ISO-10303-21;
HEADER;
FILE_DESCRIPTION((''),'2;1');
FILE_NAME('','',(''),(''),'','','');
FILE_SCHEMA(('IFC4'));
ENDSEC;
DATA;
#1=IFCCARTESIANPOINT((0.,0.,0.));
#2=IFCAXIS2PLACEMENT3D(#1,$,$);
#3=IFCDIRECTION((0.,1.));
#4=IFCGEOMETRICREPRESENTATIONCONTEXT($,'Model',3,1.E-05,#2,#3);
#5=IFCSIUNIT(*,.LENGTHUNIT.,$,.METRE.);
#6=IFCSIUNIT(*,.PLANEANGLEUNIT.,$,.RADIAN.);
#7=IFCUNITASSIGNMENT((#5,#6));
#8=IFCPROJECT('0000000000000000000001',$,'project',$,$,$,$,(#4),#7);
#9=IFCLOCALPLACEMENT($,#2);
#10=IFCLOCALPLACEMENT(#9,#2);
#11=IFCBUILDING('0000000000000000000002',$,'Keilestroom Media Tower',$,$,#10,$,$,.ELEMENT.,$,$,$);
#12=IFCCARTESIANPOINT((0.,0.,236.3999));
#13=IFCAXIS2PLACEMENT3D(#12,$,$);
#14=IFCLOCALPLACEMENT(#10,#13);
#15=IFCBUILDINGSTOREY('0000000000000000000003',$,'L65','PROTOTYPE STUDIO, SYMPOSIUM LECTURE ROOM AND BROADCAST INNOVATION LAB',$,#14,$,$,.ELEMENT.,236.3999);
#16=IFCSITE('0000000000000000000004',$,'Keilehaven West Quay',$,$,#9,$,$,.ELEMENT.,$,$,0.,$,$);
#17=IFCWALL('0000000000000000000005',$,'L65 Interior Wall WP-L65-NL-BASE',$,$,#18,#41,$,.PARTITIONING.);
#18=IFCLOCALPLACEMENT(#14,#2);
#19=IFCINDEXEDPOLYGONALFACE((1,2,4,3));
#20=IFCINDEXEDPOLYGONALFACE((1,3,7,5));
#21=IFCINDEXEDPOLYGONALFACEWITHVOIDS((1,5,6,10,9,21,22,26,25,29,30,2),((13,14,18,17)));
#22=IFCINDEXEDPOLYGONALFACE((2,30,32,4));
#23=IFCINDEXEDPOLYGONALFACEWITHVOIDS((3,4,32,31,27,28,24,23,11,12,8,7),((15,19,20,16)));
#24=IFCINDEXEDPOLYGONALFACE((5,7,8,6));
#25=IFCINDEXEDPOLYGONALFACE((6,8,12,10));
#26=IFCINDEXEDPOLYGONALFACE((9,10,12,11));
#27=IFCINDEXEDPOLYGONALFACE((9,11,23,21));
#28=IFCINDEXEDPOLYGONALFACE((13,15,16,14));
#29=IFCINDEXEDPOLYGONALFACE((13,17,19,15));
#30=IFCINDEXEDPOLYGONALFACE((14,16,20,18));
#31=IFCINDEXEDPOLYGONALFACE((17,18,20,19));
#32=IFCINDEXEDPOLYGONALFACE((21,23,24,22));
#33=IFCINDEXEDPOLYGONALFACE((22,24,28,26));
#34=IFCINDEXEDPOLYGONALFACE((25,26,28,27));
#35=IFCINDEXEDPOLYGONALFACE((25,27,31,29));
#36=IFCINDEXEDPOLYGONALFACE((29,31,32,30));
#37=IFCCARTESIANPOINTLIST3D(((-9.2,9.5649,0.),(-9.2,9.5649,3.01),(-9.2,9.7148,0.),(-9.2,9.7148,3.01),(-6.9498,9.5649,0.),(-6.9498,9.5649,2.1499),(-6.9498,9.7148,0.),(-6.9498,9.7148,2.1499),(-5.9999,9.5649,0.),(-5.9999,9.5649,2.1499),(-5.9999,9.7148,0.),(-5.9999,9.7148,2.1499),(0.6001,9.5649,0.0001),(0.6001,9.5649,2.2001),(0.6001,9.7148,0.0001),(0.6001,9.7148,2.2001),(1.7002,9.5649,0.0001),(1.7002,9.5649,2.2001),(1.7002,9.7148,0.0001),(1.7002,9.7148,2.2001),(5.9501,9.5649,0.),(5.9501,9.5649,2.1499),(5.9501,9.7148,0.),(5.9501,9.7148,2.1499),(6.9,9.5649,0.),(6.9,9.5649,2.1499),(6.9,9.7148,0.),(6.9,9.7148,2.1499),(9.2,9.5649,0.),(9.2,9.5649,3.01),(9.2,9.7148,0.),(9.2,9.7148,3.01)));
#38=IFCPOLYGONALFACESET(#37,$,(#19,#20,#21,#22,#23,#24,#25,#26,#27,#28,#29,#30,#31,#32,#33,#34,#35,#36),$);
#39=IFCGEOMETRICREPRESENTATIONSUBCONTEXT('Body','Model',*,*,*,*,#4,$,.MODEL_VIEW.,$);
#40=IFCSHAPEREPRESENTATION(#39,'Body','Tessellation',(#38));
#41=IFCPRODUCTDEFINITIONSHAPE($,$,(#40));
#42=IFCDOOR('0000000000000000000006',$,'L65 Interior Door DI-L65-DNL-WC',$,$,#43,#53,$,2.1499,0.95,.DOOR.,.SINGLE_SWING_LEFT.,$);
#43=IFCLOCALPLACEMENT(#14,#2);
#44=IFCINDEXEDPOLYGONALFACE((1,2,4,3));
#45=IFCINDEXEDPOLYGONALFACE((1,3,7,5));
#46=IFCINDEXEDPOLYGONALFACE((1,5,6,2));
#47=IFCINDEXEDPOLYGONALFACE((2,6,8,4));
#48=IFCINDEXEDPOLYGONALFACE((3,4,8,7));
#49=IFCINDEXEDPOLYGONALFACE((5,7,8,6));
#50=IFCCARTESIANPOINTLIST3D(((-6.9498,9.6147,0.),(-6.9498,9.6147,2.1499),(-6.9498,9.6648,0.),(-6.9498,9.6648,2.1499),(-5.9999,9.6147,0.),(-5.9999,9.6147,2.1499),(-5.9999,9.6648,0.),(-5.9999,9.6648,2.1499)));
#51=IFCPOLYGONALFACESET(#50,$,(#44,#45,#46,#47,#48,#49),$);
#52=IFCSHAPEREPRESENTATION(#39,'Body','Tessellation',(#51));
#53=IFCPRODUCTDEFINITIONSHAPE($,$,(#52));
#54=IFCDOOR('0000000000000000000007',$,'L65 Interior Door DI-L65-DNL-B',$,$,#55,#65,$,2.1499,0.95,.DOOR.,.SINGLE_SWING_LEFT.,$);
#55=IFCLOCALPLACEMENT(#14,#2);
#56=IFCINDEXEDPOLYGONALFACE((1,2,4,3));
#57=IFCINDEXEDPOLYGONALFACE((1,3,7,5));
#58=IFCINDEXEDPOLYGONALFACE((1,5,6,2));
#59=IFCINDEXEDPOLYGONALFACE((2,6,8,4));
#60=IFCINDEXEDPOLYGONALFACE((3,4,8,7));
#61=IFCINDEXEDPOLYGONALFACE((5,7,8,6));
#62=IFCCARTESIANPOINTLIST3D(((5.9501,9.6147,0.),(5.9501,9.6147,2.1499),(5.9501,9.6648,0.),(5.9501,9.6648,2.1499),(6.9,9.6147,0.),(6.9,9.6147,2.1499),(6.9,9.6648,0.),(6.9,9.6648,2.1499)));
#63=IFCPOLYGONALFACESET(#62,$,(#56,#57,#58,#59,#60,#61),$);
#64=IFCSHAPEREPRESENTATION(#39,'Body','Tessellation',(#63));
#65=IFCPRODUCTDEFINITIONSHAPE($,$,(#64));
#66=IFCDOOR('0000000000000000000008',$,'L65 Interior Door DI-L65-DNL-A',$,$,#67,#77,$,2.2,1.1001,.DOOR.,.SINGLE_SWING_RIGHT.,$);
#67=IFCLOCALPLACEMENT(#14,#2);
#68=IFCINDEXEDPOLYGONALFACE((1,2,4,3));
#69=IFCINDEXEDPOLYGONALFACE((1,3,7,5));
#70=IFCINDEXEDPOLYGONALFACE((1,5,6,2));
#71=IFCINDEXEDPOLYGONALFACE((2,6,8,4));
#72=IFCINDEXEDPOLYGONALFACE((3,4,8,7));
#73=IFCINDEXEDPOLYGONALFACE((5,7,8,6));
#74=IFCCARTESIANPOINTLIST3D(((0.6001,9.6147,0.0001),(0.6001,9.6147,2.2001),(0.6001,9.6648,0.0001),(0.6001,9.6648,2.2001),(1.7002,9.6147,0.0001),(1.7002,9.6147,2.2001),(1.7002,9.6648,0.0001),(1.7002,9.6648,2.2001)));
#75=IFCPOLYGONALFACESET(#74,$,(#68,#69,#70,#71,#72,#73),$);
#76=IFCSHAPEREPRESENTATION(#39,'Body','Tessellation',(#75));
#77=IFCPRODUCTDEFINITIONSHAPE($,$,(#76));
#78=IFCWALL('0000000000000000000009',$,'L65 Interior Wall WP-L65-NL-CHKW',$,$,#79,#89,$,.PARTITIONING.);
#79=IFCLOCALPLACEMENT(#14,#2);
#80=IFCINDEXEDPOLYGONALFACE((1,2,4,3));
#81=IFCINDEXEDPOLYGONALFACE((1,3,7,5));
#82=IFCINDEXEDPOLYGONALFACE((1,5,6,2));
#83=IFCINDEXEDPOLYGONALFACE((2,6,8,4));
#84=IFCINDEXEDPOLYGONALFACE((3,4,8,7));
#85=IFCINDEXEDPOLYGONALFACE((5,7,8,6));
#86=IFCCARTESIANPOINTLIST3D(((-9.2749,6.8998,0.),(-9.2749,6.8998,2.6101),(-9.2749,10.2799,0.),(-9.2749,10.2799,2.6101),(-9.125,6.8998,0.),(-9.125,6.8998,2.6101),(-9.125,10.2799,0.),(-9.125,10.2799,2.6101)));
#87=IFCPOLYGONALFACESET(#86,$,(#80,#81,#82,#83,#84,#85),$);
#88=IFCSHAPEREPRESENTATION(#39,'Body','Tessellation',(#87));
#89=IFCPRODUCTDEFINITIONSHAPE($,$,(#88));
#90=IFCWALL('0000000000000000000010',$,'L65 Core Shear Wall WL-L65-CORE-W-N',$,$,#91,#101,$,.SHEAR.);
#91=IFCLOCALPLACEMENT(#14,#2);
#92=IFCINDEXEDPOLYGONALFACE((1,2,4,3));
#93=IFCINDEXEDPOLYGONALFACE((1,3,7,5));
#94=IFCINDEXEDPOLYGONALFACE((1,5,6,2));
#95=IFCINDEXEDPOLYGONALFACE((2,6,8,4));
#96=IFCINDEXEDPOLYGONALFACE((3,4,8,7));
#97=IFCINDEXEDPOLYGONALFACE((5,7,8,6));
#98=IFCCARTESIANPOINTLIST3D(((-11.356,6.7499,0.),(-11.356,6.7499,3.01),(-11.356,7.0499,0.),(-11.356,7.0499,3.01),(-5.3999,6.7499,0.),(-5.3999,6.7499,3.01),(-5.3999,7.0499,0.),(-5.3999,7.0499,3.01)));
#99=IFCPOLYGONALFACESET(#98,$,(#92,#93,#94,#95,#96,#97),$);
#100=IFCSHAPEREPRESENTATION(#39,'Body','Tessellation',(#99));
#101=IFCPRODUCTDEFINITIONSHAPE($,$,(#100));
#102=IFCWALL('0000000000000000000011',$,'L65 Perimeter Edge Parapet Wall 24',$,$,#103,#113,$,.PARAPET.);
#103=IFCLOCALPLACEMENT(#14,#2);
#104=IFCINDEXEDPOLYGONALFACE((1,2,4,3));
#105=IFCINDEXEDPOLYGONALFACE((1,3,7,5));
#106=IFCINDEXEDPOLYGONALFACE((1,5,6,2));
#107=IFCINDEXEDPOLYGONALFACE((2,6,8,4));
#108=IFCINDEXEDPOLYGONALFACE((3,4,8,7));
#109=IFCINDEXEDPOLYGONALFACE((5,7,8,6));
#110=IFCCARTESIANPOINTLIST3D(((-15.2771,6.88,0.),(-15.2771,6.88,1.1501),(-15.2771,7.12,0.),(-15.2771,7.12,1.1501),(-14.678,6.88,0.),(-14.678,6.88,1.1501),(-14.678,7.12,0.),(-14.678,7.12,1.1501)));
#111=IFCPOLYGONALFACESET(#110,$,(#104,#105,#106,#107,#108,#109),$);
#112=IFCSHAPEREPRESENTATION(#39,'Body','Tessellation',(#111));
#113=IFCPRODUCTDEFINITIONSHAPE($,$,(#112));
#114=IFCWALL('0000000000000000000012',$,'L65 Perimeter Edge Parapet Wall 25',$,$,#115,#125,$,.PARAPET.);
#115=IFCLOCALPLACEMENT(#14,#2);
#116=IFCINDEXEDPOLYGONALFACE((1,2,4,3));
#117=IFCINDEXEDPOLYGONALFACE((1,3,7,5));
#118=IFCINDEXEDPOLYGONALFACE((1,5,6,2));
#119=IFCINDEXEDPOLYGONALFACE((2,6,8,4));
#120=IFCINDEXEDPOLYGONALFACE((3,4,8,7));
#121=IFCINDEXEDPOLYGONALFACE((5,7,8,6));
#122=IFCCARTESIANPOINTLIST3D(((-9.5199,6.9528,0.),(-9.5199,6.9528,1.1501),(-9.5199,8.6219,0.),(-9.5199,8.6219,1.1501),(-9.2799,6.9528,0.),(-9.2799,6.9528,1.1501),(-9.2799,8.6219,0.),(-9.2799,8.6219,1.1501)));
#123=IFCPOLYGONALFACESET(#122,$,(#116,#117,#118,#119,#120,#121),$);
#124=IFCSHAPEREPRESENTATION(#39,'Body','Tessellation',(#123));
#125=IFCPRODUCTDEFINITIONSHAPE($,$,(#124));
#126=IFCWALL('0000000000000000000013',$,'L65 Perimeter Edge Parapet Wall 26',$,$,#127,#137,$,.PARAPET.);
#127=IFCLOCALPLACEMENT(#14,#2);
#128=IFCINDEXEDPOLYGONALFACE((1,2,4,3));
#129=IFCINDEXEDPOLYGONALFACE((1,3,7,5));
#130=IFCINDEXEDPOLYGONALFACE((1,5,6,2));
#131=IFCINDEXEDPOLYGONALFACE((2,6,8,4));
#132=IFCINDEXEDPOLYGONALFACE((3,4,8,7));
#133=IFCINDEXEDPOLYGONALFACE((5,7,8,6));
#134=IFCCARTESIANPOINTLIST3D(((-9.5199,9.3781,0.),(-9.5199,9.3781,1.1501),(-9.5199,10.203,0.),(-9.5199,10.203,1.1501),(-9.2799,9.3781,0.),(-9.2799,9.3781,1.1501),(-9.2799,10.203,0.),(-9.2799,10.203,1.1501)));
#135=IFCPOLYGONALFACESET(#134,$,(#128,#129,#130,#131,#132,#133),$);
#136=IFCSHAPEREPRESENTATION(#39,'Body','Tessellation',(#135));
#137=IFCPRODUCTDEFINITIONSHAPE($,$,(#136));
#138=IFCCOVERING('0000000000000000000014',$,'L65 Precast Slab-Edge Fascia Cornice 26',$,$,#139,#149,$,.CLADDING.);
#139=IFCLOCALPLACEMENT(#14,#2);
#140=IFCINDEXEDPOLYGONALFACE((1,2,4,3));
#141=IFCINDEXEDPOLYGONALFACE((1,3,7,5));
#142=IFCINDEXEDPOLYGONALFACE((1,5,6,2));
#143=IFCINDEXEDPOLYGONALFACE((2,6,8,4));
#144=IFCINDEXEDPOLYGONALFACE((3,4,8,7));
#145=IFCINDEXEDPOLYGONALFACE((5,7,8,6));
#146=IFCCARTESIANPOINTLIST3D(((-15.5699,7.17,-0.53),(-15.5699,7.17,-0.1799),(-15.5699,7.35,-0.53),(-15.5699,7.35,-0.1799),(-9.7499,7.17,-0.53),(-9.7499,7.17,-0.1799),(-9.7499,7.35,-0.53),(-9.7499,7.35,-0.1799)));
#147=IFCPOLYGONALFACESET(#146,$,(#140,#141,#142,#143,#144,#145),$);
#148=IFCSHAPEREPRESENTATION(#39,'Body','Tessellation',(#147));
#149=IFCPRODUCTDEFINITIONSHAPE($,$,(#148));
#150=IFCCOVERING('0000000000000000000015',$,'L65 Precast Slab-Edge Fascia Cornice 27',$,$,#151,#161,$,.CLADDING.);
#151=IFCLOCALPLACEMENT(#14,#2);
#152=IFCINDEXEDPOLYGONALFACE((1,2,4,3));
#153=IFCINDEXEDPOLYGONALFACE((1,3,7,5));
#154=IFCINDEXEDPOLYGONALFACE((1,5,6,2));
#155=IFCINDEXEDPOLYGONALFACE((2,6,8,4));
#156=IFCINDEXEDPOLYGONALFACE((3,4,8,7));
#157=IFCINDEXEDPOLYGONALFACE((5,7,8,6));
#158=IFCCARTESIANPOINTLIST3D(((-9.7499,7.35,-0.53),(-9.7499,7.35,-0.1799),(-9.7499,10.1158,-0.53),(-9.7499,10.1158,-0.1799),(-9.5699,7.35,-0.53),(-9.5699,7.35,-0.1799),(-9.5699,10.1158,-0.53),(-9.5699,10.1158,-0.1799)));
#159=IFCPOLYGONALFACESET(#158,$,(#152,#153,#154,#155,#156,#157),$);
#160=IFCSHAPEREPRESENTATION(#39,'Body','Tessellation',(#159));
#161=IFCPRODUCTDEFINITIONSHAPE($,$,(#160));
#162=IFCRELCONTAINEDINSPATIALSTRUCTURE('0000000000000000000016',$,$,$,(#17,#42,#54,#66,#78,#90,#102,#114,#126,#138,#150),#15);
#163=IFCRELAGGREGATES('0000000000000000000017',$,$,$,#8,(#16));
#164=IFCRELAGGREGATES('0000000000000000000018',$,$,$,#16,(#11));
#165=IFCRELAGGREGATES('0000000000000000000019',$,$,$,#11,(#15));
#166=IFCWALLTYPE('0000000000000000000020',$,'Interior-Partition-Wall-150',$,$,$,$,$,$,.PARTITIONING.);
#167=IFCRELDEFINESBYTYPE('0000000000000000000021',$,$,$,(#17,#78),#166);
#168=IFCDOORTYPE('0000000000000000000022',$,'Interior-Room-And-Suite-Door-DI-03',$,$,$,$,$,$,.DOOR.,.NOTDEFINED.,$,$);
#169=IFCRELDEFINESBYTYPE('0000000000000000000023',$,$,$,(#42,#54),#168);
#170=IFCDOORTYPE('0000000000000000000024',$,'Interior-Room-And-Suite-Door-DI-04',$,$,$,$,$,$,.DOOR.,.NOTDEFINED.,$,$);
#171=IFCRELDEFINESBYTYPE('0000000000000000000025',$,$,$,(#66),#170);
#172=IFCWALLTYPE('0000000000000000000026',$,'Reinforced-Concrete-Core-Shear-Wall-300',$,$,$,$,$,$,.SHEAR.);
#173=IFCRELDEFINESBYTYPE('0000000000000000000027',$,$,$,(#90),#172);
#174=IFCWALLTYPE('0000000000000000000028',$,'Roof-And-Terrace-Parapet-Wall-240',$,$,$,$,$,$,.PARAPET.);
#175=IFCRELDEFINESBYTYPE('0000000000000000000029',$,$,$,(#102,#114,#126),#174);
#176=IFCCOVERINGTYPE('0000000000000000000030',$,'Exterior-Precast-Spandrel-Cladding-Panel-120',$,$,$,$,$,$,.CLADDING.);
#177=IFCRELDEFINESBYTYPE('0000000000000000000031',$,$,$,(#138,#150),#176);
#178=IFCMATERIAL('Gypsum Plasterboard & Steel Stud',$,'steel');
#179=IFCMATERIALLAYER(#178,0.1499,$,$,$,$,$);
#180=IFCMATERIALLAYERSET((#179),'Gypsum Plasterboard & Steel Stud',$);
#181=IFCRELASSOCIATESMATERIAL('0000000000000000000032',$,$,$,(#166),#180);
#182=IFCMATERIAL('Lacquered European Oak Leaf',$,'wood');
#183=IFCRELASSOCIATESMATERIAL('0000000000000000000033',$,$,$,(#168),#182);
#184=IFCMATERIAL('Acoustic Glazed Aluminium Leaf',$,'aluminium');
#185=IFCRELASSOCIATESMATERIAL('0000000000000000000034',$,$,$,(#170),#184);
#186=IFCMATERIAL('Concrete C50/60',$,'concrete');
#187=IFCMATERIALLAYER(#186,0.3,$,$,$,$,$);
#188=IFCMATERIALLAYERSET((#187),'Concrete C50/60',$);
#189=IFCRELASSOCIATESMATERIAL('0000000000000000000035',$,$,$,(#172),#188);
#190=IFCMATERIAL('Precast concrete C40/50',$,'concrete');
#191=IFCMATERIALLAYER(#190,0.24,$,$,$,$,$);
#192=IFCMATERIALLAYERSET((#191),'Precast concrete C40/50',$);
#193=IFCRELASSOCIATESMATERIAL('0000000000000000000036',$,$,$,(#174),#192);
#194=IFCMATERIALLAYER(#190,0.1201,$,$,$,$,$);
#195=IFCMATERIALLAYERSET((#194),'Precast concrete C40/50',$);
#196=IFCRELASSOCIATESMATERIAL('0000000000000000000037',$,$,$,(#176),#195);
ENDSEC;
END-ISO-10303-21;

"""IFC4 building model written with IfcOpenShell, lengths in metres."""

from ifc_helpers import new_model, si_unit, direction, frame, frame_2d, origin, origin_2d, place, context, subcontext, project, spatial, rectangle, extrude, source, transform, mapped, material, layer, layer_set, type_object, element, fill, save


model = new_model("IFC4")

# Units and contexts
model_context = context("Model", 3, precision=1e-05, world=origin(), true_north=direction((0.0, 1.0)))
body_context = subcontext(model_context, "Body", "Model", "MODEL_VIEW")
ifc_project = project(units=[si_unit("LENGTHUNIT", "METRE"), si_unit("PLANEANGLEUNIT", "RADIAN")], contexts=[model_context])

# Site, building, storey
site_placement = place(None, origin())
site = spatial("IfcSite", under=ifc_project, at=site_placement, Name="Keilehaven West Quay", CompositionType="ELEMENT", RefElevation=0.0)
building_placement = place(site_placement, origin())
building = spatial("IfcBuilding", under=site, at=building_placement, Name="Keilestroom Media Tower", CompositionType="ELEMENT")
storey_placement = place(building_placement, frame((0.0, 0.0, 236.3999)))
storey = spatial("IfcBuildingStorey", under=building, at=storey_placement, Name="L65", Description="PROTOTYPE STUDIO, SYMPOSIUM LECTURE ROOM AND BROADCAST INNOVATION LAB", CompositionType="ELEMENT", Elevation=236.3999)

# Shared definitions
ifc_material_1 = material(Name="Precast concrete C40/50", Category="concrete")
ifc_material_2 = material(Name="Concrete C50/60", Category="concrete")

# Shared definitions
ifc_material_3 = material(Name="Gypsum Plasterboard & Steel Stud", Category="steel")

# Wall, openings, doors
ifc_layer_1 = layer(ifc_material_3, 0.1499)
ifc_layer_set_1 = layer_set([ifc_layer_1], Name="Gypsum Plasterboard & Steel Stud")
wall_type_1 = type_object("IfcWallType", Name="Interior-Partition-Wall-150", PredefinedType="PARTITIONING", material=ifc_layer_set_1)
wall_1_placement = place(storey_placement, frame((-9.2, 9.6399, 0.0), z_axis=(0.0, 0.0, 1.0), x_axis=(1.0, 0.0, 0.0)))
wall_1 = element("IfcWall", 1, at=wall_1_placement, inside=storey, type_object=wall_type_1, Name="L65 Interior Wall WP-L65-NL-BASE", PredefinedType="PARTITIONING", context=body_context, shape_type="SweptSolid", body=[
    extrude(rectangle(XDim=18.3999, YDim=0.1499, at=frame_2d((9.2, 0.0))), origin(), (0.0, 0.0, 1.0), 3.01),
])
opening_1_placement = place(wall_1_placement, frame((2.25, 0.0, 0.0)))
opening_1 = element("IfcOpeningElement", 2, at=opening_1_placement, cuts=wall_1, PredefinedType="OPENING", context=body_context, shape_type="SweptSolid", body=[
    extrude(rectangle(XDim=0.95, YDim=2.1499, at=frame_2d((0.4751, 1.075))), frame((0.0, 0.085, 0.0), z_axis=(0.0, -1.0, 0.0), x_axis=(1.0, 0.0, 0.0)), (0.0, 0.0, 1.0), 0.1699),
])
opening_2_placement = place(wall_1_placement, frame((9.8, 0.0, 0.0)))
opening_2 = element("IfcOpeningElement", 3, at=opening_2_placement, cuts=wall_1, PredefinedType="OPENING", context=body_context, shape_type="SweptSolid", body=[
    extrude(rectangle(XDim=1.1001, YDim=2.2, at=frame_2d((0.55, 1.1001))), frame((0.0, 0.085, 0.0), z_axis=(0.0, -1.0, 0.0), x_axis=(1.0, 0.0, 0.0)), (0.0, 0.0, 1.0), 0.1699),
])
opening_3_placement = place(wall_1_placement, frame((15.1499, 0.0, 0.0)))
opening_3 = element("IfcOpeningElement", 4, at=opening_3_placement, cuts=wall_1, PredefinedType="OPENING", context=body_context, shape_type="SweptSolid", body=[
    extrude(rectangle(XDim=0.95, YDim=2.1499, at=frame_2d((0.4751, 1.075))), frame((0.0, 0.085, 0.0), z_axis=(0.0, -1.0, 0.0), x_axis=(1.0, 0.0, 0.0)), (0.0, 0.0, 1.0), 0.1699),
])
ifc_material_4 = material(Name="Lacquered European Oak Leaf", Category="wood")
door_type_1 = type_object("IfcDoorType", Name="Interior-Room-And-Suite-Door-DI-03", OperationType="NOTDEFINED", PredefinedType="DOOR", material=ifc_material_4)
shared_shape_1 = source(origin(), body_context, "Body", "SweptSolid", [
    extrude(rectangle(XDim=0.95, YDim=2.1499, at=frame_2d((0.4751, 1.075))), frame((0.0, 0.0249, 0.0), z_axis=(0.0, -1.0, 0.0), x_axis=(1.0, 0.0, 0.0)), (0.0, 0.0, 1.0), 0.05),
])
door_1_placement = place(opening_1_placement, origin())
door_1 = element("IfcDoor", 5, at=door_1_placement, inside=storey, type_object=door_type_1, Name="L65 Interior Door DI-L65-DNL-WC", OperationType="SINGLE_SWING_LEFT", OverallHeight=2.1499, OverallWidth=0.95, PredefinedType="DOOR", context=body_context, shape_type="MappedRepresentation", body=[
    mapped(shared_shape_1, transform((0.0, 0.0, 0.0), x_axis=(1.0, 0.0, 0.0), y_axis=(0.0, 1.0, 0.0), z_axis=(0.0, 0.0, 1.0), scale=1.0)),
])
fill(opening_1, door_1)
door_2_placement = place(opening_3_placement, origin())
door_2 = element("IfcDoor", 6, at=door_2_placement, inside=storey, type_object=door_type_1, Name="L65 Interior Door DI-L65-DNL-B", OperationType="SINGLE_SWING_LEFT", OverallHeight=2.1499, OverallWidth=0.95, PredefinedType="DOOR", context=body_context, shape_type="MappedRepresentation", body=[
    mapped(shared_shape_1, transform((0.0, 0.0, 0.0), x_axis=(1.0, 0.0, 0.0), y_axis=(0.0, 1.0, 0.0), z_axis=(0.0, 0.0, 1.0), scale=1.0)),
])
fill(opening_3, door_2)
ifc_material_5 = material(Name="Acoustic Glazed Aluminium Leaf", Category="aluminium")
door_type_2 = type_object("IfcDoorType", Name="Interior-Room-And-Suite-Door-DI-04", OperationType="NOTDEFINED", PredefinedType="DOOR", material=ifc_material_5)
shared_shape_2 = source(origin(), body_context, "Body", "SweptSolid", [
    extrude(rectangle(XDim=1.1001, YDim=2.2, at=frame_2d((0.55, 1.1001))), frame((0.0, 0.0249, 0.0), z_axis=(0.0, -1.0, 0.0), x_axis=(1.0, 0.0, 0.0)), (0.0, 0.0, 1.0), 0.05),
])
door_3_placement = place(opening_2_placement, origin())
door_3 = element("IfcDoor", 7, at=door_3_placement, inside=storey, type_object=door_type_2, Name="L65 Interior Door DI-L65-DNL-A", OperationType="SINGLE_SWING_RIGHT", OverallHeight=2.2, OverallWidth=1.1001, PredefinedType="DOOR", context=body_context, shape_type="MappedRepresentation", body=[
    mapped(shared_shape_2, transform((0.0, 0.0, 0.0), x_axis=(1.0, 0.0, 0.0), y_axis=(0.0, 1.0, 0.0), z_axis=(0.0, 0.0, 1.0), scale=1.0)),
])
fill(opening_2, door_3)

# Walls
wall_2_placement = place(storey_placement, frame((-9.2, 6.8999, 0.0), z_axis=(0.0, 0.0, 1.0), x_axis=(0.0, 1.0, 0.0)))
element("IfcWall", 8, at=wall_2_placement, inside=storey, type_object=wall_type_1, Name="L65 Interior Wall WP-L65-NL-CHKW", PredefinedType="PARTITIONING", context=body_context, shape_type="SweptSolid", body=[
    extrude(rectangle(XDim=3.3801, YDim=0.1499, at=frame_2d((1.6899, 0.0))), origin(), (0.0, 0.0, 1.0), 2.6101),
])
ifc_layer_2 = layer(ifc_material_2, 0.3)
ifc_layer_set_2 = layer_set([ifc_layer_2], Name="Concrete C50/60")
wall_type_2 = type_object("IfcWallType", Name="Reinforced-Concrete-Core-Shear-Wall-300", PredefinedType="SHEAR", material=ifc_layer_set_2)
wall_3_placement = place(storey_placement, frame((-11.356, 6.8999, 0.0), z_axis=(0.0, 0.0, 1.0), x_axis=(1.0, 0.0, 0.0)))
element("IfcWall", 9, at=wall_3_placement, inside=storey, type_object=wall_type_2, Name="L65 Core Shear Wall WL-L65-CORE-W-N", PredefinedType="SHEAR", context=body_context, shape_type="SweptSolid", body=[
    extrude(rectangle(XDim=5.9561, YDim=0.3, at=frame_2d((2.978, 0.0))), origin(), (0.0, 0.0, 1.0), 3.01),
])
ifc_layer_3 = layer(ifc_material_1, 0.24)
ifc_layer_set_3 = layer_set([ifc_layer_3], Name="Precast concrete C40/50")
wall_type_3 = type_object("IfcWallType", Name="Roof-And-Terrace-Parapet-Wall-240", PredefinedType="PARAPET", material=ifc_layer_set_3)
wall_4_placement = place(storey_placement, frame((-15.2771, 7.0, 0.0), z_axis=(0.0, 0.0, 1.0), x_axis=(1.0, 0.0, 0.0)))
element("IfcWall", 10, at=wall_4_placement, inside=storey, type_object=wall_type_3, Name="L65 Perimeter Edge Parapet Wall 24", PredefinedType="PARAPET", context=body_context, shape_type="SweptSolid", body=[
    extrude(rectangle(XDim=0.5991, YDim=0.24, at=frame_2d((0.2996, 0.0))), origin(), (0.0, 0.0, 1.0), 1.1501),
])
wall_5_placement = place(storey_placement, frame((-9.3999, 6.9529, 0.0), z_axis=(0.0, 0.0, 1.0), x_axis=(0.0, 1.0, 0.0)))
element("IfcWall", 11, at=wall_5_placement, inside=storey, type_object=wall_type_3, Name="L65 Perimeter Edge Parapet Wall 25", PredefinedType="PARAPET", context=body_context, shape_type="SweptSolid", body=[
    extrude(rectangle(XDim=1.6692, YDim=0.24, at=frame_2d((0.8345, 0.0))), origin(), (0.0, 0.0, 1.0), 1.1501),
])
wall_6_placement = place(storey_placement, frame((-9.3999, 9.3779, 0.0), z_axis=(0.0, 0.0, 1.0), x_axis=(0.0, 1.0, 0.0)))
element("IfcWall", 12, at=wall_6_placement, inside=storey, type_object=wall_type_3, Name="L65 Perimeter Edge Parapet Wall 26", PredefinedType="PARAPET", context=body_context, shape_type="SweptSolid", body=[
    extrude(rectangle(XDim=0.825, YDim=0.24, at=frame_2d((0.4126, 0.0))), origin(), (0.0, 0.0, 1.0), 1.1501),
])

# Coverings
ifc_layer_4 = layer(ifc_material_1, 0.1201)
ifc_layer_set_4 = layer_set([ifc_layer_4], Name="Precast concrete C40/50")
covering_type = type_object("IfcCoveringType", Name="Exterior-Precast-Spandrel-Cladding-Panel-120", PredefinedType="CLADDING", material=ifc_layer_set_4)
shared_shape_3 = source(origin(), body_context, "Body", "SweptSolid", [
    extrude(rectangle(XDim=5.8201, YDim=0.1799, at=origin_2d()), origin(), (0.0, 0.0, 1.0), 0.3501),
])
covering_1_placement = place(storey_placement, frame((-12.6599, 7.26, -0.53), z_axis=(0.0, 0.0, 1.0), x_axis=(1.0, 0.0, 0.0)))
element("IfcCovering", 13, at=covering_1_placement, inside=storey, type_object=covering_type, Name="L65 Precast Slab-Edge Fascia Cornice 26", PredefinedType="CLADDING", context=body_context, shape_type="MappedRepresentation", body=[
    mapped(shared_shape_3, transform((0.0, 0.0, 0.0), x_axis=(1.0, 0.0, 0.0), y_axis=(0.0, 1.0, 0.0), z_axis=(0.0, 0.0, 1.0), scale=1.0)),
])
shared_shape_4 = source(origin(), body_context, "Body", "SweptSolid", [
    extrude(rectangle(XDim=2.7659, YDim=0.1799, at=origin_2d()), origin(), (0.0, 0.0, 1.0), 0.3501),
])
covering_2_placement = place(storey_placement, frame((-9.6599, 8.7329, -0.53), z_axis=(0.0, 0.0, 1.0), x_axis=(0.0, 1.0, 0.0)))
element("IfcCovering", 14, at=covering_2_placement, inside=storey, type_object=covering_type, Name="L65 Precast Slab-Edge Fascia Cornice 27", PredefinedType="CLADDING", context=body_context, shape_type="MappedRepresentation", body=[
    mapped(shared_shape_4, transform((0.0, 0.0, 0.0), x_axis=(1.0, 0.0, 0.0), y_axis=(0.0, 1.0, 0.0), z_axis=(0.0, 0.0, 1.0), scale=1.0)),
])

save(model, "model.ifc")
